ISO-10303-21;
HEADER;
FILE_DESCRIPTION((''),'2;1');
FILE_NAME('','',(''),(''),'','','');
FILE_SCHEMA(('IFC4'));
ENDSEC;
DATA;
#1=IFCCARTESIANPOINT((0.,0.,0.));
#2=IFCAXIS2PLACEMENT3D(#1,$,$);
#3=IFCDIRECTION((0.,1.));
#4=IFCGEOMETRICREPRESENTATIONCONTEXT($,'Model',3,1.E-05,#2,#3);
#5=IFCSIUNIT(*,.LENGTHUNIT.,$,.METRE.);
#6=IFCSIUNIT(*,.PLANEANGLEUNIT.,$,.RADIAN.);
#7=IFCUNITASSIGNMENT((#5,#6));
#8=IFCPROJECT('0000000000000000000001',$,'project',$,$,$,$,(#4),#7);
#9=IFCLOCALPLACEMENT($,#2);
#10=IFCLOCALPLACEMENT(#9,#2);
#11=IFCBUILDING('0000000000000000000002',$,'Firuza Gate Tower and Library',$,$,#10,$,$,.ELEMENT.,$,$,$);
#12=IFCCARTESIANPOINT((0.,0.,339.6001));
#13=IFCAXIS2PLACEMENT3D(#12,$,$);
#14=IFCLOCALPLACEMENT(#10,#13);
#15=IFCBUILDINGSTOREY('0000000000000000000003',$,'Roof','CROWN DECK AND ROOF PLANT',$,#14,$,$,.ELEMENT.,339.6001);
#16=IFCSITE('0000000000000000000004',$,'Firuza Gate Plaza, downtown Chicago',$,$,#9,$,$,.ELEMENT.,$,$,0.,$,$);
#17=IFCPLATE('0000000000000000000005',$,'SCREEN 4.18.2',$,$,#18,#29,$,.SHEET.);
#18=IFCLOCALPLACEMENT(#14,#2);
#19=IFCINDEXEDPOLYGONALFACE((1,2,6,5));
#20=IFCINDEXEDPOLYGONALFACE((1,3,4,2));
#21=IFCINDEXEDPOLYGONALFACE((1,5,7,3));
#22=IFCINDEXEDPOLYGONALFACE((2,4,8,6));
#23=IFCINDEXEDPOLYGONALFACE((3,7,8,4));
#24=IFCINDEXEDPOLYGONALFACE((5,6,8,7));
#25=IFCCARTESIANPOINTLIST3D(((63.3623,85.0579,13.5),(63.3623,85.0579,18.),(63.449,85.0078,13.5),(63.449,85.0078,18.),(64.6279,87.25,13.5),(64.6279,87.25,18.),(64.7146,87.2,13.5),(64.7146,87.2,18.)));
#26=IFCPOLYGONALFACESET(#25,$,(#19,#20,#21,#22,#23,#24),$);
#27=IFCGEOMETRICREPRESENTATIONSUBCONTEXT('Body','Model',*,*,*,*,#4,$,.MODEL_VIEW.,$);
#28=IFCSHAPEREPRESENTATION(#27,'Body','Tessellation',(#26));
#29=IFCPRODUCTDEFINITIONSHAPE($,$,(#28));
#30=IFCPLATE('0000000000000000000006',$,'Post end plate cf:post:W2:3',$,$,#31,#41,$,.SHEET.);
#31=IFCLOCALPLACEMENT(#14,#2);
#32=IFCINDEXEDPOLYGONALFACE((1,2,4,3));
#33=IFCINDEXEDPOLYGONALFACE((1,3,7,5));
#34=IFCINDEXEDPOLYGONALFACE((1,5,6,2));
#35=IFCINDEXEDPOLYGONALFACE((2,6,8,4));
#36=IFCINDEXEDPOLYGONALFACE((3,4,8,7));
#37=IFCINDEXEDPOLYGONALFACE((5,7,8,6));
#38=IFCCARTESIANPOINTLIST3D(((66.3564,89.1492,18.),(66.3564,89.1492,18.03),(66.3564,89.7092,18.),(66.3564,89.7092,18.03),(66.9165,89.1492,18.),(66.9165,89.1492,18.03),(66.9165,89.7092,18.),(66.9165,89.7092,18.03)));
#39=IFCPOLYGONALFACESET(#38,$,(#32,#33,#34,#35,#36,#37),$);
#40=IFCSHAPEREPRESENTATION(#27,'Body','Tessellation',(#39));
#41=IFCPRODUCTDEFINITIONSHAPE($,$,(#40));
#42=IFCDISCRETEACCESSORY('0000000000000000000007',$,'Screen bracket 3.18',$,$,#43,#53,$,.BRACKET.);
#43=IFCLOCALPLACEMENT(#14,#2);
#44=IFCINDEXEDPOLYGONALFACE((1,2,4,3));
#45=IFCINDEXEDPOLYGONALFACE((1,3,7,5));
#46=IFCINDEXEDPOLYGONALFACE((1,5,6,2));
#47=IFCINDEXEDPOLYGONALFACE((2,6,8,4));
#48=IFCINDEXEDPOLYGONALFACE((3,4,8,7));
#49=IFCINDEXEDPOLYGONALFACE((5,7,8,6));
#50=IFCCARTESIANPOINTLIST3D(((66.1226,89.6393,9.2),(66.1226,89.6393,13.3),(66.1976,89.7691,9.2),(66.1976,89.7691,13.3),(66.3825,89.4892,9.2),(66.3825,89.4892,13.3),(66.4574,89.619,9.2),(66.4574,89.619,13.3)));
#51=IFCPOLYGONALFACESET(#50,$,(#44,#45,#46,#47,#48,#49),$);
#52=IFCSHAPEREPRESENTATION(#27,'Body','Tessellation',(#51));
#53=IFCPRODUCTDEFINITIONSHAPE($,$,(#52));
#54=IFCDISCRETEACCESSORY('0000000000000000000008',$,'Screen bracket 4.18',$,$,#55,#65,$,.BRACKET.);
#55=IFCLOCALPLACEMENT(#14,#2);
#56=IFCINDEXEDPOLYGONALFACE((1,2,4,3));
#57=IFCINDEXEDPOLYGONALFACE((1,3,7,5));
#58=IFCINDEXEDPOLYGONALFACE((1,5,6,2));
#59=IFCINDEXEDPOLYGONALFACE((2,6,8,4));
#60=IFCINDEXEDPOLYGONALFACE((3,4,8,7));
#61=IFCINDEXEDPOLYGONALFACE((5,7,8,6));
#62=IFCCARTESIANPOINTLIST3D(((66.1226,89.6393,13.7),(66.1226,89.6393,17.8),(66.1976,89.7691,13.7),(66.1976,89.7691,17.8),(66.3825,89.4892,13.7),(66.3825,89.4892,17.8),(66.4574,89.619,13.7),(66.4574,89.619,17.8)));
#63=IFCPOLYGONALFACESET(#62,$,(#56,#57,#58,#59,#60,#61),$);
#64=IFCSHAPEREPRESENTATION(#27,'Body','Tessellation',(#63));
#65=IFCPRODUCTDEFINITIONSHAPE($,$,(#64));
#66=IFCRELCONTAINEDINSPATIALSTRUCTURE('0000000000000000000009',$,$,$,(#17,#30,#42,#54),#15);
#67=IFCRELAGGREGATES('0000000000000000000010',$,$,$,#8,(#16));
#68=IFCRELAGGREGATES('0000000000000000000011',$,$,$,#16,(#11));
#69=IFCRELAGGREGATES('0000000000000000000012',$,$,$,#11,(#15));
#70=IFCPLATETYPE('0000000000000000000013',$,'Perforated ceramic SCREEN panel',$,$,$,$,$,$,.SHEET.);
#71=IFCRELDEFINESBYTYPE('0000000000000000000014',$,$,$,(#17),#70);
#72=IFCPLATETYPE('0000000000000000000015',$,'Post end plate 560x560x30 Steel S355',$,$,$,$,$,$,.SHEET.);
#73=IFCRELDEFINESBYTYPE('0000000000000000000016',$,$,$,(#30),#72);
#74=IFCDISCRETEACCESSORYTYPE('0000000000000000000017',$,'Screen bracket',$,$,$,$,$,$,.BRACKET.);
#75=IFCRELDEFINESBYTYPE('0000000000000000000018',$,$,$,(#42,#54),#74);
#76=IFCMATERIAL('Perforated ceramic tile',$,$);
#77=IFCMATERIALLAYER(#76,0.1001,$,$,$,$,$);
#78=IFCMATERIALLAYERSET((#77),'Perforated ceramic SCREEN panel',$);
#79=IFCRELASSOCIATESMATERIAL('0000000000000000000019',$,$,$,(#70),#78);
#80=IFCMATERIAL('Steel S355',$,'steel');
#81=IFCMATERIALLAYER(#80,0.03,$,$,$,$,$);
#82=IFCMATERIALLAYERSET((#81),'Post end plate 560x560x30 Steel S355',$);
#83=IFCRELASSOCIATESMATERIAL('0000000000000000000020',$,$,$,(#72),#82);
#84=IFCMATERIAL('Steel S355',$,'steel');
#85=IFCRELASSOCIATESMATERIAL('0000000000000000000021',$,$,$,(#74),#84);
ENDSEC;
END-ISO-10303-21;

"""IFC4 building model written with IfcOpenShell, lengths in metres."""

from ifc_helpers import new_model, si_unit, direction, frame, origin, origin_2d, place, context, subcontext, project, spatial, polyline, rectangle, outline, extrude, material, layer, layer_set, type_object, element, save


model = new_model("IFC4")

# Units and contexts
model_context = context("Model", 3, precision=1e-05, world=origin(), true_north=direction((0.0, 1.0)))
body_context = subcontext(model_context, "Body", "Model", "MODEL_VIEW")
ifc_project = project(units=[si_unit("LENGTHUNIT", "METRE"), si_unit("PLANEANGLEUNIT", "RADIAN")], contexts=[model_context])

# Site, building, storey
site_placement = place(None, origin())
site = spatial("IfcSite", under=ifc_project, at=site_placement, Name="Firuza Gate Plaza, downtown Chicago", CompositionType="ELEMENT", RefElevation=0.0)
building_placement = place(site_placement, origin())
building = spatial("IfcBuilding", under=site, at=building_placement, Name="Firuza Gate Tower and Library", CompositionType="ELEMENT")
storey_placement = place(building_placement, frame((0.0, 0.0, 339.6001)))
storey = spatial("IfcBuildingStorey", under=building, at=storey_placement, Name="Roof", Description="CROWN DECK AND ROOF PLANT", CompositionType="ELEMENT", Elevation=339.6001)

# Plates
ifc_material_1 = material(Name="Perforated ceramic tile")
ifc_layer_1 = layer(ifc_material_1, 0.1001)
ifc_layer_set_1 = layer_set([ifc_layer_1], Name="Perforated ceramic SCREEN panel")
plate_type_1 = type_object("IfcPlateType", Name="Perforated ceramic SCREEN panel", PredefinedType="SHEET", material=ifc_layer_set_1)
for number, where, z_axis, x_axis, name in (
    (1, (64.6279, 87.25, 13.5), (-0.866027, 0.499998, 0.0), (-0.499998, -0.866027, 0.0), "SCREEN 4.18.2"),
):
    element("IfcPlate", number, at=place(storey_placement, frame(where, z_axis=z_axis, x_axis=x_axis)), inside=storey, type_object=plate_type_1, Name=name, PredefinedType="SHEET", context=body_context, shape_type="SweptSolid", body=[
        extrude(outline(polyline([(0.0, 0.0), (2.5313, 0.0), (2.5313, 4.5), (0.0, 4.5), (0.0, 0.0)])), origin(), (0.0, 0.0, -1.0), 0.1001),
    ])
ifc_material_2 = material(Name="Steel S355", Category="steel")
ifc_layer_2 = layer(ifc_material_2, 0.03)
ifc_layer_set_2 = layer_set([ifc_layer_2], Name="Post end plate 560x560x30 Steel S355")
plate_type_2 = type_object("IfcPlateType", Name="Post end plate 560x560x30 Steel S355", PredefinedType="SHEET", material=ifc_layer_set_2)
plate_1_placement = place(storey_placement, frame((66.6365, 89.4292, 18.0), z_axis=(0.0, 0.0, 1.0), x_axis=(1.0, 0.0, 0.0)))
element("IfcPlate", 2, at=plate_1_placement, inside=storey, type_object=plate_type_2, Name="Post end plate cf:post:W2:3", PredefinedType="SHEET", context=body_context, shape_type="SweptSolid", body=[
    extrude(rectangle(XDim=0.5601, YDim=0.5601, at=origin_2d()), origin(), (0.0, 0.0, 1.0), 0.03),
])

# Discrete accessories
ifc_material_3 = material(Name="Steel S355", Category="steel")
discrete_accessory_type = type_object("IfcDiscreteAccessoryType", Name="Screen bracket", PredefinedType="BRACKET", material=ifc_material_3)
for number, where, z_axis, x_axis, name in (
    (3, (66.29, 89.6292, 9.2), (0.0, 0.0, 1.0), (-0.866025, 0.5, 0.0), "Screen bracket 3.18"),
    (4, (66.29, 89.6292, 13.7), (0.0, 0.0, 1.0), (-0.866025, 0.5, 0.0), "Screen bracket 4.18"),
):
    element("IfcDiscreteAccessory", number, at=place(storey_placement, frame(where, z_axis=z_axis, x_axis=x_axis)), inside=storey, type_object=discrete_accessory_type, Name=name, PredefinedType="BRACKET", context=body_context, shape_type="SweptSolid", body=[
        extrude(rectangle(XDim=0.3, YDim=0.1499, at=origin_2d()), origin(), (0.0, 0.0, 1.0), 4.1001),
    ])

save(model, "model.ifc")
